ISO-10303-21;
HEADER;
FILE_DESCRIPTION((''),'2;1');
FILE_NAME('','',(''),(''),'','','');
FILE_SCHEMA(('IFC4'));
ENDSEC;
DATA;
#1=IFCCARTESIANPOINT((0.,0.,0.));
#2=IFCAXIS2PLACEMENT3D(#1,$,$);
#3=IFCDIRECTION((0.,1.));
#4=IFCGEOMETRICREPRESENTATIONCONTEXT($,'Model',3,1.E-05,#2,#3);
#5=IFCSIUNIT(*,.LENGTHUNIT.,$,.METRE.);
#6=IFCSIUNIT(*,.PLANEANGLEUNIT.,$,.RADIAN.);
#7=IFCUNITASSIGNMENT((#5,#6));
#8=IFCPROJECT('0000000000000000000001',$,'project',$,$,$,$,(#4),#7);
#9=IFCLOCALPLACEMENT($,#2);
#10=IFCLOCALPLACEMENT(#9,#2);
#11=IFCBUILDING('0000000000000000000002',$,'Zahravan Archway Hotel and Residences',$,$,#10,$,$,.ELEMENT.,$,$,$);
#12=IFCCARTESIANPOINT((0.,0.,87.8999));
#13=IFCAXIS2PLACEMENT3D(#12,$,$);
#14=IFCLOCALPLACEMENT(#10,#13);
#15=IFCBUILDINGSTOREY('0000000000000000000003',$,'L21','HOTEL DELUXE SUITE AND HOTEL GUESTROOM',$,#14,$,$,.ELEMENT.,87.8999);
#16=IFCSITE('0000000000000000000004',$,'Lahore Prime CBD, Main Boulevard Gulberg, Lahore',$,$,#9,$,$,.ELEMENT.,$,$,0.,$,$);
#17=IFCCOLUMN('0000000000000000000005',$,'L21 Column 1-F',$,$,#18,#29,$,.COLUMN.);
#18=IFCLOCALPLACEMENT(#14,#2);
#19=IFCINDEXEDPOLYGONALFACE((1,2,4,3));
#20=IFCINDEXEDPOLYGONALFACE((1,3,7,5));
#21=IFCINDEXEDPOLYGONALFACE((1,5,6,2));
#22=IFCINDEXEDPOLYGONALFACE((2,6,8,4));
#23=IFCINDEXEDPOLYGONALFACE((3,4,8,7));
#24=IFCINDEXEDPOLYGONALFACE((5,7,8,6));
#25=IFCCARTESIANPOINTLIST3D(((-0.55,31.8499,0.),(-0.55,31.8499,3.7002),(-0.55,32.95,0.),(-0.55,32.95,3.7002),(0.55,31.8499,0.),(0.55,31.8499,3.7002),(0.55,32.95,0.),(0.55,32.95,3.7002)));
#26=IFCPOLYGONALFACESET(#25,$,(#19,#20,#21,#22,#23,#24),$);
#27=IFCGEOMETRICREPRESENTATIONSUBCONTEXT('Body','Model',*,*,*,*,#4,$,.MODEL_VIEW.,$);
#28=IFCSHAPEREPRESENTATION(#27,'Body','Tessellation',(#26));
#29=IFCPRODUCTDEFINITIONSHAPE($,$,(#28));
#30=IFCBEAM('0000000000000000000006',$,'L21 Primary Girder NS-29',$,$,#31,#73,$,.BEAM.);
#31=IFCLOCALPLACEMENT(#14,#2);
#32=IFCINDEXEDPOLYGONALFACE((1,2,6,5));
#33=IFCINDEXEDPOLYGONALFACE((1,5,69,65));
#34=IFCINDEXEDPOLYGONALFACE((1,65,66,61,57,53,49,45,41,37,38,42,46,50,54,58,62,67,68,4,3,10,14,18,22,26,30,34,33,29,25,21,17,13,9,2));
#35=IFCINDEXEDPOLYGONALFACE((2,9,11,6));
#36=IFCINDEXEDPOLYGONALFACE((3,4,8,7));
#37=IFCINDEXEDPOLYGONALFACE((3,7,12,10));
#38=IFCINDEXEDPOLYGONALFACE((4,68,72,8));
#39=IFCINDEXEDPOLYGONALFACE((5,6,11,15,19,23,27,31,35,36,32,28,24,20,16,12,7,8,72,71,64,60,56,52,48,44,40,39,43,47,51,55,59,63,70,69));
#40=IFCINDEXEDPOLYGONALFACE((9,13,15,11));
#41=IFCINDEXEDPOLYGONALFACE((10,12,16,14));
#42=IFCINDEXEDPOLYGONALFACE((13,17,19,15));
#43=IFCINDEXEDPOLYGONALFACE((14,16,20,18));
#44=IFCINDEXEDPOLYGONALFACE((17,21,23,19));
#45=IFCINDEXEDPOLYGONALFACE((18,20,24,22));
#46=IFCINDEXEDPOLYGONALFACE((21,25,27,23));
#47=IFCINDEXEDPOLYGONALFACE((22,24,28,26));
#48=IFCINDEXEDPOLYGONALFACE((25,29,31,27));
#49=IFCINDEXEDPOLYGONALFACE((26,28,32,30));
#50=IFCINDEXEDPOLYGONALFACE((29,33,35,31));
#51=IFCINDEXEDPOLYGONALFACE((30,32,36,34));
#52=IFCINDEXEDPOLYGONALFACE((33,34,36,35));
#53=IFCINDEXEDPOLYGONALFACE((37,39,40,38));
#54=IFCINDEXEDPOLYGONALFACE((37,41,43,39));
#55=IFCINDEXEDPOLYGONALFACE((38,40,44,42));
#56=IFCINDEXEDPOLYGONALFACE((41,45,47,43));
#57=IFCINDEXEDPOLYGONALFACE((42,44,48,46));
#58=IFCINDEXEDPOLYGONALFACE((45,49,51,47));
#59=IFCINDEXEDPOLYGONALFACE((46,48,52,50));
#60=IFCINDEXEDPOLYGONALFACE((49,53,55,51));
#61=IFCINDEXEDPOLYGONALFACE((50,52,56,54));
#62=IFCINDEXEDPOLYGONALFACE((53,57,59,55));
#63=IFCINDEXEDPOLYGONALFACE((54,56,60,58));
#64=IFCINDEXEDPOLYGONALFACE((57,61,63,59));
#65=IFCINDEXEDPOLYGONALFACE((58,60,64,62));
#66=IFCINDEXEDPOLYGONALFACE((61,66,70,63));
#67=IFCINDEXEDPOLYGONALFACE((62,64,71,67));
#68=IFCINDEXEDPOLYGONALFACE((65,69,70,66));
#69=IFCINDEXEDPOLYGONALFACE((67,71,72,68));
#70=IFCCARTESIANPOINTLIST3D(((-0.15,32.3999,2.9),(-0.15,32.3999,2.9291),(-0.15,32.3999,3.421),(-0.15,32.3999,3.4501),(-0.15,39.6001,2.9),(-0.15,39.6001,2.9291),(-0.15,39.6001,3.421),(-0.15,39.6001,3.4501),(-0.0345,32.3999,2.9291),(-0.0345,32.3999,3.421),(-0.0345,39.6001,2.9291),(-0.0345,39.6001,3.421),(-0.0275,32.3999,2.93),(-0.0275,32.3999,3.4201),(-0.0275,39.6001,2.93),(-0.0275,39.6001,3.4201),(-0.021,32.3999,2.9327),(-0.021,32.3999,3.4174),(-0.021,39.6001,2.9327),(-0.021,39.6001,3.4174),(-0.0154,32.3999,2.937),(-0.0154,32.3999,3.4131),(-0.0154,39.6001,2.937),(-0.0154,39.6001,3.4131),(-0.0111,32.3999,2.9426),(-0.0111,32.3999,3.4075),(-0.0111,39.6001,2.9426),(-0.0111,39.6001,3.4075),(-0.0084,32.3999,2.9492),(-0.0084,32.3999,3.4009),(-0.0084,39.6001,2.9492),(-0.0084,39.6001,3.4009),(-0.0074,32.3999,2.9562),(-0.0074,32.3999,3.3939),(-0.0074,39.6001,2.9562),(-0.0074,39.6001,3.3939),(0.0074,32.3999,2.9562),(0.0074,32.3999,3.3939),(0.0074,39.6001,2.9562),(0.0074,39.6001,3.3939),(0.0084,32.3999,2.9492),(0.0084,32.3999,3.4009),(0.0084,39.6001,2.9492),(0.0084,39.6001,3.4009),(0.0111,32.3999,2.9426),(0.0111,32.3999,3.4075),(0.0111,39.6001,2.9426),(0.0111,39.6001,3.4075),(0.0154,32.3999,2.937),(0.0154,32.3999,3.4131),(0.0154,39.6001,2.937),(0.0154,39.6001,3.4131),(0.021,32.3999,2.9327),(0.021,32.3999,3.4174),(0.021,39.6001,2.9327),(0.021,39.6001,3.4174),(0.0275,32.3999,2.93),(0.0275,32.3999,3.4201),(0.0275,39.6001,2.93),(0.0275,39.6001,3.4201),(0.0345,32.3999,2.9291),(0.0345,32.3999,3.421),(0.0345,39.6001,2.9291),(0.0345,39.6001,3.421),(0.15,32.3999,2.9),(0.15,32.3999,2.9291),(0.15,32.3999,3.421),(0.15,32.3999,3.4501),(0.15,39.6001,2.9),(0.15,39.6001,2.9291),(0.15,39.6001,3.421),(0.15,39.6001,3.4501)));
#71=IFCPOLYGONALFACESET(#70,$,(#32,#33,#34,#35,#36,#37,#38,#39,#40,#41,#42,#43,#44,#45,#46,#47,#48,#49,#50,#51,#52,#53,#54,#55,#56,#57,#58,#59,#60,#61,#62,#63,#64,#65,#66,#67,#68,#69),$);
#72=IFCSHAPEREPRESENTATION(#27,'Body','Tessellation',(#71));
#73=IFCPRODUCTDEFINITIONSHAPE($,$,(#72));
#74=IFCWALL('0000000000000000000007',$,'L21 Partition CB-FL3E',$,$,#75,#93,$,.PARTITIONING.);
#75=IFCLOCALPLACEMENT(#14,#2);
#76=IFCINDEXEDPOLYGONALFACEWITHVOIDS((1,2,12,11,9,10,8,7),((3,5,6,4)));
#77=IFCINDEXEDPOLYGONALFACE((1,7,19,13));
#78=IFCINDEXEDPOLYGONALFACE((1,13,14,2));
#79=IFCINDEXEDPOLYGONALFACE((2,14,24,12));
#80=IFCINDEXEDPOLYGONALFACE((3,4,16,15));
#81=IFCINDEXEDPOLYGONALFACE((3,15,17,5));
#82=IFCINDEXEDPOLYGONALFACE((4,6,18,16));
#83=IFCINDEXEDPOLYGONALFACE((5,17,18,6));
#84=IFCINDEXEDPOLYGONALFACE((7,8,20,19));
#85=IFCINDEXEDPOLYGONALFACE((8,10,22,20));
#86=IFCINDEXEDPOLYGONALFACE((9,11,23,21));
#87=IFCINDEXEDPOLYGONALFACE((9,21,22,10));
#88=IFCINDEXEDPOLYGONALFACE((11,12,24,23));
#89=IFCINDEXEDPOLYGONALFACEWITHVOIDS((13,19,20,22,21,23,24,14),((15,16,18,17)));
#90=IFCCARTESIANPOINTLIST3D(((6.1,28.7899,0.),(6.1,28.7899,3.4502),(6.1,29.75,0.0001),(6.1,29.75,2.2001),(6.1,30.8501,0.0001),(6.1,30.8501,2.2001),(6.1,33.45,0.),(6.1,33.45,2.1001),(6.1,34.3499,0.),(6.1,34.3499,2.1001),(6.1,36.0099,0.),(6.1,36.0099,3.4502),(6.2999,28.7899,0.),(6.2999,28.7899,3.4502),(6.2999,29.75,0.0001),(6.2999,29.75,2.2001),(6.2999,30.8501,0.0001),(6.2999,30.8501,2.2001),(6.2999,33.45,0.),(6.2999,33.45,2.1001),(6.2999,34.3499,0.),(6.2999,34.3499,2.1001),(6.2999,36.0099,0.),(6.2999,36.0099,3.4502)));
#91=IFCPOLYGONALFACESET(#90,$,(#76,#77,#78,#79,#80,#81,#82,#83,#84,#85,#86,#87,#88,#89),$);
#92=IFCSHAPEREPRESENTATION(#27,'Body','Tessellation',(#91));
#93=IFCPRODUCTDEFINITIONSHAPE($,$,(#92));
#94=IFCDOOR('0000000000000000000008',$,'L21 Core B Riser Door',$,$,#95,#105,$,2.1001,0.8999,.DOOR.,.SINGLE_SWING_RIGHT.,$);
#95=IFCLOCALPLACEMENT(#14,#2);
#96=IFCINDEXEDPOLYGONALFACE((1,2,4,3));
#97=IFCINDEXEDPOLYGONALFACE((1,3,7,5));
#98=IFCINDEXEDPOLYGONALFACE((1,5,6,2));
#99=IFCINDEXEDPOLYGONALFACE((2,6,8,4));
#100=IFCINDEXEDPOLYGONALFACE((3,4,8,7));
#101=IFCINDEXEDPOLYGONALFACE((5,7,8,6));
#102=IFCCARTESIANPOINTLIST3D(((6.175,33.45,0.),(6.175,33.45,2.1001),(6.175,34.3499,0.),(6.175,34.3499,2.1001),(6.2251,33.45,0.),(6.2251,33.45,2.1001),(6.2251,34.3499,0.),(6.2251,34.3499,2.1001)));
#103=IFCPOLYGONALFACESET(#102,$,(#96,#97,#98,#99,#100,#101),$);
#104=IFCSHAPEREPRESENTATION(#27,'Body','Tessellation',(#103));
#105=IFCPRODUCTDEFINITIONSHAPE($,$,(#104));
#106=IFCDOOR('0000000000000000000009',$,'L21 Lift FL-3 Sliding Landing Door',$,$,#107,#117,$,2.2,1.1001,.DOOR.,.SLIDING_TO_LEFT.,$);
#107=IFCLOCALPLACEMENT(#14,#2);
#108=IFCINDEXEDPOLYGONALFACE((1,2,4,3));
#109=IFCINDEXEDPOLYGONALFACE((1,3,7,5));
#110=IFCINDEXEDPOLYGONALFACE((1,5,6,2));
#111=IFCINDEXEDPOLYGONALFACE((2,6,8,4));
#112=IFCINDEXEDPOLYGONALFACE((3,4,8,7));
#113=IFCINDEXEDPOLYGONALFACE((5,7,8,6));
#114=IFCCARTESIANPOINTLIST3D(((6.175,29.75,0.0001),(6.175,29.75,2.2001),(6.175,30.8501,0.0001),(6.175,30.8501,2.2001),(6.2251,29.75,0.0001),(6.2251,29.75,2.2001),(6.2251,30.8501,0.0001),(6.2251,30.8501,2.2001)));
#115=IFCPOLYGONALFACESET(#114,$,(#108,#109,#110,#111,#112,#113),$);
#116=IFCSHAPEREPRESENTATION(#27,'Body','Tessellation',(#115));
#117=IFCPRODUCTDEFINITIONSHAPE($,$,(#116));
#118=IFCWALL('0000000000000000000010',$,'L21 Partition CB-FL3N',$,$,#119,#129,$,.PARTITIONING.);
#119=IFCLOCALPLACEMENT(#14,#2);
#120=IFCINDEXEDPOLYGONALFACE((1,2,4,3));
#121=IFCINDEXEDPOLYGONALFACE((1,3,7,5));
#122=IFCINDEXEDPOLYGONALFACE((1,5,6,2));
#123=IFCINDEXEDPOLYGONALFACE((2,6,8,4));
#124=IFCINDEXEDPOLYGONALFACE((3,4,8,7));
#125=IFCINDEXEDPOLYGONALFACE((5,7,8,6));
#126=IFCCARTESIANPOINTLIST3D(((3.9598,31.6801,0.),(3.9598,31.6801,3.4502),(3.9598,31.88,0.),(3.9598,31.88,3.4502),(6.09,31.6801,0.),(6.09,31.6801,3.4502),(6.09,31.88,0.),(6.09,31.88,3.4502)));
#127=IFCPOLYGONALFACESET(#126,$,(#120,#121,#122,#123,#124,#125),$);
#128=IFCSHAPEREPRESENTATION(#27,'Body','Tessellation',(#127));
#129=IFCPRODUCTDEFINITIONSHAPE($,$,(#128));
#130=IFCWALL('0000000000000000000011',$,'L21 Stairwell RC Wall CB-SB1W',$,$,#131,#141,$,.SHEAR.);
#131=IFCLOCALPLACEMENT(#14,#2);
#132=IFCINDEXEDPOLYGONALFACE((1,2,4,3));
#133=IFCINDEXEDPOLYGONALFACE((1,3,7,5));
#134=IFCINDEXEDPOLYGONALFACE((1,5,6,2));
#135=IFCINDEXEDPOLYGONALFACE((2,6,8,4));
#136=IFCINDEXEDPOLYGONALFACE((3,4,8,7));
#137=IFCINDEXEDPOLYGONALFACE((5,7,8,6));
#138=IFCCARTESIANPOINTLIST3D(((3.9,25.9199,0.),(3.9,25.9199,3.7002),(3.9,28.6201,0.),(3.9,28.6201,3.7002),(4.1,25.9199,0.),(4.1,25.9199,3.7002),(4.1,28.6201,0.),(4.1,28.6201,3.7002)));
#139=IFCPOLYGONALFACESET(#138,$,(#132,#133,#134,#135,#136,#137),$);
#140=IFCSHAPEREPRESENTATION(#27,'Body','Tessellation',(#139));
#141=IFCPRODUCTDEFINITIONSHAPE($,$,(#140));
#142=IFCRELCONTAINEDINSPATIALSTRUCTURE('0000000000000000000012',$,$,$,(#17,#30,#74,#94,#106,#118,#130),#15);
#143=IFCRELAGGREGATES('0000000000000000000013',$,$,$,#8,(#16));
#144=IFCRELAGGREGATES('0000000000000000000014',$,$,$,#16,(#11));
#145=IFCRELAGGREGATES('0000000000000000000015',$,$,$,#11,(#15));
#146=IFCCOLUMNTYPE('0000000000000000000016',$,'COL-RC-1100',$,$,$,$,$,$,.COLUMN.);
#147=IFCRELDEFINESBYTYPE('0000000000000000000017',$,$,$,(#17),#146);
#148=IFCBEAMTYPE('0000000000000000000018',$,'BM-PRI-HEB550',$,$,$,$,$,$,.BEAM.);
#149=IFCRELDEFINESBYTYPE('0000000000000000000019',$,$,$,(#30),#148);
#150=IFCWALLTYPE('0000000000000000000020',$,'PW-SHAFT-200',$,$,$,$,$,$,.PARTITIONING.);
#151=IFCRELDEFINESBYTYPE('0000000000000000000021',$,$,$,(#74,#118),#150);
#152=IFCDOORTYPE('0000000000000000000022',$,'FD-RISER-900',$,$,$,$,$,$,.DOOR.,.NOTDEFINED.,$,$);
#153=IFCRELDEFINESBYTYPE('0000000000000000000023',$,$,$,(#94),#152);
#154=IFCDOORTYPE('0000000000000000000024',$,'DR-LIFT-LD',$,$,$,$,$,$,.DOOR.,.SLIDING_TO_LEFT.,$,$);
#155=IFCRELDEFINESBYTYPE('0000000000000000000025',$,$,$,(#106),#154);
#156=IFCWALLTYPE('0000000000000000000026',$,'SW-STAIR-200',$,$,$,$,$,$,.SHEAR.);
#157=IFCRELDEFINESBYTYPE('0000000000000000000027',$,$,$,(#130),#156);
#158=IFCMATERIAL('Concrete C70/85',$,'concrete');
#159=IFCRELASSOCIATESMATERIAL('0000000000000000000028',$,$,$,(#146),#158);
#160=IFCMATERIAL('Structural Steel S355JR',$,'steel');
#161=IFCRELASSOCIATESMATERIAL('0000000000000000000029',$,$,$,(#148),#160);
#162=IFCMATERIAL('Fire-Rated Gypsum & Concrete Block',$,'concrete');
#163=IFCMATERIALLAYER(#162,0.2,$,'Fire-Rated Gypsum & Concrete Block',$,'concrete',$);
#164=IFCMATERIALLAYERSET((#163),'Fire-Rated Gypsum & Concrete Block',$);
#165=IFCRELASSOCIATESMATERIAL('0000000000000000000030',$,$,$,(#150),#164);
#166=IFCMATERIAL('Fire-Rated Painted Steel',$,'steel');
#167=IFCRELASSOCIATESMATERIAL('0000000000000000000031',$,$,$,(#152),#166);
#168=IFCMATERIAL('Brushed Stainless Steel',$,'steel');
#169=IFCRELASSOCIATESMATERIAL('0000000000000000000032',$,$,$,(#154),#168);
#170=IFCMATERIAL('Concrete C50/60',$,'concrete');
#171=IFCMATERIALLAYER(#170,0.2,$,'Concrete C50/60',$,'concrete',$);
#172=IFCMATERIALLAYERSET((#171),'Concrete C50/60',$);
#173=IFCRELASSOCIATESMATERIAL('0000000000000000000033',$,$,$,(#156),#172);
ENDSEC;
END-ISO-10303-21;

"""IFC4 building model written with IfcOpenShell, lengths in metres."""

from ifc_helpers import new_model, si_unit, direction, frame, frame_2d, origin, origin_2d, place, context, subcontext, project, spatial, rectangle, i_section, extrude, source, transform, mapped, material, layer, layer_set, material_profile, profile_set, type_object, type_shapes, element, fill, save


model = new_model("IFC4")

# Units and contexts
model_context = context("Model", 3, precision=1e-05, world=origin(), true_north=direction((0.0, 1.0)))
body_context = subcontext(model_context, "Body", "Model", "MODEL_VIEW")
ifc_project = project(units=[si_unit("LENGTHUNIT", "METRE"), si_unit("PLANEANGLEUNIT", "RADIAN")], contexts=[model_context])

# Site, building, storey
site_placement = place(None, origin())
site = spatial("IfcSite", under=ifc_project, at=site_placement, Name="Lahore Prime CBD, Main Boulevard Gulberg, Lahore", CompositionType="ELEMENT", RefElevation=0.0)
building_placement = place(site_placement, origin())
building = spatial("IfcBuilding", under=site, at=building_placement, Name="Zahravan Archway Hotel and Residences", CompositionType="ELEMENT")
storey_placement = place(building_placement, frame((0.0, 0.0, 87.8999)))
storey = spatial("IfcBuildingStorey", under=building, at=storey_placement, Name="L21", Description="HOTEL DELUXE SUITE AND HOTEL GUESTROOM", CompositionType="ELEMENT", Elevation=87.8999)

# Column
ifc_material_1 = material(Name="Concrete C70/85", Category="concrete")
ifc_material_profile_1 = material_profile(ifc_material_1, rectangle(XDim=1.1001, YDim=1.1001, at=origin_2d()), Name="RC 1100x1100", Category="concrete")
ifc_profile_set_1 = profile_set([ifc_material_profile_1], Name="Concrete C70/85")
column_type = type_object("IfcColumnType", Name="COL-RC-1100", PredefinedType="COLUMN", material=ifc_profile_set_1)
shared_shape_1 = source(origin(), body_context, "Body", "SweptSolid", [
    extrude(rectangle(XDim=1.1001, YDim=1.1001, at=origin_2d()), origin(), (0.0, 0.0, 1.0), 3.7002),
])
column_placement = place(storey_placement, frame((0.0, 32.3999, 0.0), z_axis=(0.0, 0.0, 1.0), x_axis=(1.0, 0.0, 0.0)))
element("IfcColumn", 1, at=column_placement, inside=storey, type_object=column_type, Name="L21 Column 1-F", PredefinedType="COLUMN", context=body_context, shape_type="MappedRepresentation", body=[
    mapped(shared_shape_1, transform((0.0, 0.0, 0.0), scale=1.0)),
])

# Beam
ifc_material_2 = material(Name="Structural Steel S355JR", Category="steel")
ifc_material_profile_2 = material_profile(ifc_material_2, i_section(OverallWidth=0.3, OverallDepth=0.55, WebThickness=0.0149, FlangeThickness=0.0291, FilletRadius=0.0271, at=origin_2d()), Name="HEB 550", Category="steel")
ifc_profile_set_2 = profile_set([ifc_material_profile_2], Name="Structural Steel S355JR")
beam_type = type_object("IfcBeamType", Name="BM-PRI-HEB550", PredefinedType="BEAM", material=ifc_profile_set_2)
shared_shape_2 = source(origin(), body_context, "Body", "SweptSolid", [
    extrude(i_section(OverallWidth=0.3, OverallDepth=0.55, WebThickness=0.0149, FlangeThickness=0.0291, FilletRadius=0.0271, at=origin_2d()), origin(), (0.0, 0.0, 1.0), 7.2002),
])
type_shapes(beam_type, [shared_shape_2])
beam_placement = place(storey_placement, frame((0.0, 32.3999, 3.175), z_axis=(0.0, 1.0, 0.0), x_axis=(-1.0, 0.0, 0.0)))
element("IfcBeam", 2, at=beam_placement, inside=storey, type_object=beam_type, Name="L21 Primary Girder NS-29", PredefinedType="BEAM", context=body_context, shape_type="MappedRepresentation", body=[
    mapped(shared_shape_2, transform((0.0, 0.0, 0.0), scale=1.0)),
])

# Wall, openings, doors
ifc_material_3 = material(Name="Fire-Rated Gypsum & Concrete Block", Category="concrete")
ifc_layer_1 = layer(ifc_material_3, 0.2, Name="Fire-Rated Gypsum & Concrete Block", Category="concrete")
ifc_layer_set_1 = layer_set([ifc_layer_1], Name="Fire-Rated Gypsum & Concrete Block")
wall_type_1 = type_object("IfcWallType", Name="PW-SHAFT-200", PredefinedType="PARTITIONING", material=ifc_layer_set_1)
wall_1_placement = place(storey_placement, frame((6.2, 28.79, 0.0), z_axis=(0.0, 0.0, 1.0), x_axis=(0.0, 1.0, 0.0)))
wall_1 = element("IfcWall", 3, at=wall_1_placement, inside=storey, type_object=wall_type_1, Name="L21 Partition CB-FL3E", PredefinedType="PARTITIONING", context=body_context, shape_type="SweptSolid", body=[
    extrude(rectangle(XDim=7.22, YDim=0.2, at=frame_2d((3.6099, 0.0))), origin(), (0.0, 0.0, 1.0), 3.4502),
])
opening_1_placement = place(wall_1_placement, frame((4.6599, 0.0, 0.0)))
opening_1 = element("IfcOpeningElement", 4, at=opening_1_placement, cuts=wall_1, PredefinedType="OPENING", context=body_context, shape_type="SweptSolid", body=[
    extrude(rectangle(XDim=0.8999, YDim=2.1001, at=frame_2d((0.45, 1.05))), frame((0.0, 0.1099, 0.0), z_axis=(0.0, -1.0, 0.0), x_axis=(1.0, 0.0, 0.0)), (0.0, 0.0, 1.0), 0.22),
])
opening_2_placement = place(wall_1_placement, frame((0.96, 0.0, 0.0)))
opening_2 = element("IfcOpeningElement", 5, at=opening_2_placement, cuts=wall_1, PredefinedType="OPENING", context=body_context, shape_type="SweptSolid", body=[
    extrude(rectangle(XDim=1.1001, YDim=2.2, at=frame_2d((0.55, 1.1001))), frame((0.0, 0.1099, 0.0), z_axis=(0.0, -1.0, 0.0), x_axis=(1.0, 0.0, 0.0)), (0.0, 0.0, 1.0), 0.22),
])
ifc_material_4 = material(Name="Fire-Rated Painted Steel", Category="steel")
door_type_1 = type_object("IfcDoorType", Name="FD-RISER-900", OperationType="NOTDEFINED", PredefinedType="DOOR", material=ifc_material_4)
shared_shape_3 = source(origin(), body_context, "Body", "SweptSolid", [
    extrude(rectangle(XDim=0.8999, YDim=2.1001, at=frame_2d((0.45, 1.05))), frame((0.0, 0.0249, 0.0), z_axis=(0.0, -1.0, 0.0), x_axis=(1.0, 0.0, 0.0)), (0.0, 0.0, 1.0), 0.05),
])
type_shapes(door_type_1, [shared_shape_3])
door_1_placement = place(opening_1_placement, origin())
door_1 = element("IfcDoor", 6, at=door_1_placement, inside=storey, type_object=door_type_1, Name="L21 Core B Riser Door", OperationType="SINGLE_SWING_RIGHT", OverallHeight=2.1001, OverallWidth=0.8999, PredefinedType="DOOR", context=body_context, shape_type="MappedRepresentation", body=[
    mapped(shared_shape_3, transform((0.0, 0.0, 0.0), scale=1.0)),
])
fill(opening_1, door_1)
ifc_material_5 = material(Name="Brushed Stainless Steel", Category="steel")
door_type_2 = type_object("IfcDoorType", Name="DR-LIFT-LD", OperationType="SLIDING_TO_LEFT", PredefinedType="DOOR", material=ifc_material_5)
shared_shape_4 = source(origin(), body_context, "Body", "SweptSolid", [
    extrude(rectangle(XDim=1.1001, YDim=2.2, at=frame_2d((0.55, 1.1001))), frame((0.0, 0.0249, 0.0), z_axis=(0.0, -1.0, 0.0), x_axis=(1.0, 0.0, 0.0)), (0.0, 0.0, 1.0), 0.05),
])
type_shapes(door_type_2, [shared_shape_4])
door_2_placement = place(opening_2_placement, origin())
door_2 = element("IfcDoor", 7, at=door_2_placement, inside=storey, type_object=door_type_2, Name="L21 Lift FL-3 Sliding Landing Door", OperationType="SLIDING_TO_LEFT", OverallHeight=2.2, OverallWidth=1.1001, PredefinedType="DOOR", context=body_context, shape_type="MappedRepresentation", body=[
    mapped(shared_shape_4, transform((0.0, 0.0, 0.0), scale=1.0)),
])
fill(opening_2, door_2)

# Walls
wall_2_placement = place(storey_placement, frame((3.96, 31.78, 0.0), z_axis=(0.0, 0.0, 1.0), x_axis=(1.0, 0.0, 0.0)))
element("IfcWall", 8, at=wall_2_placement, inside=storey, type_object=wall_type_1, Name="L21 Partition CB-FL3N", PredefinedType="PARTITIONING", context=body_context, shape_type="SweptSolid", body=[
    extrude(rectangle(XDim=2.1301, YDim=0.2, at=frame_2d((1.0649, 0.0))), origin(), (0.0, 0.0, 1.0), 3.4502),
])
ifc_material_6 = material(Name="Concrete C50/60", Category="concrete")
ifc_layer_2 = layer(ifc_material_6, 0.2, Name="Concrete C50/60", Category="concrete")
ifc_layer_set_2 = layer_set([ifc_layer_2], Name="Concrete C50/60")
wall_type_2 = type_object("IfcWallType", Name="SW-STAIR-200", PredefinedType="SHEAR", material=ifc_layer_set_2)
wall_3_placement = place(storey_placement, frame((4.0, 25.9199, 0.0), z_axis=(0.0, 0.0, 1.0), x_axis=(0.0, 1.0, 0.0)))
element("IfcWall", 9, at=wall_3_placement, inside=storey, type_object=wall_type_2, Name="L21 Stairwell RC Wall CB-SB1W", PredefinedType="SHEAR", context=body_context, shape_type="SweptSolid", body=[
    extrude(rectangle(XDim=2.7002, YDim=0.2, at=frame_2d((1.3501, 0.0))), origin(), (0.0, 0.0, 1.0), 3.7002),
])

save(model, "model.ifc")
